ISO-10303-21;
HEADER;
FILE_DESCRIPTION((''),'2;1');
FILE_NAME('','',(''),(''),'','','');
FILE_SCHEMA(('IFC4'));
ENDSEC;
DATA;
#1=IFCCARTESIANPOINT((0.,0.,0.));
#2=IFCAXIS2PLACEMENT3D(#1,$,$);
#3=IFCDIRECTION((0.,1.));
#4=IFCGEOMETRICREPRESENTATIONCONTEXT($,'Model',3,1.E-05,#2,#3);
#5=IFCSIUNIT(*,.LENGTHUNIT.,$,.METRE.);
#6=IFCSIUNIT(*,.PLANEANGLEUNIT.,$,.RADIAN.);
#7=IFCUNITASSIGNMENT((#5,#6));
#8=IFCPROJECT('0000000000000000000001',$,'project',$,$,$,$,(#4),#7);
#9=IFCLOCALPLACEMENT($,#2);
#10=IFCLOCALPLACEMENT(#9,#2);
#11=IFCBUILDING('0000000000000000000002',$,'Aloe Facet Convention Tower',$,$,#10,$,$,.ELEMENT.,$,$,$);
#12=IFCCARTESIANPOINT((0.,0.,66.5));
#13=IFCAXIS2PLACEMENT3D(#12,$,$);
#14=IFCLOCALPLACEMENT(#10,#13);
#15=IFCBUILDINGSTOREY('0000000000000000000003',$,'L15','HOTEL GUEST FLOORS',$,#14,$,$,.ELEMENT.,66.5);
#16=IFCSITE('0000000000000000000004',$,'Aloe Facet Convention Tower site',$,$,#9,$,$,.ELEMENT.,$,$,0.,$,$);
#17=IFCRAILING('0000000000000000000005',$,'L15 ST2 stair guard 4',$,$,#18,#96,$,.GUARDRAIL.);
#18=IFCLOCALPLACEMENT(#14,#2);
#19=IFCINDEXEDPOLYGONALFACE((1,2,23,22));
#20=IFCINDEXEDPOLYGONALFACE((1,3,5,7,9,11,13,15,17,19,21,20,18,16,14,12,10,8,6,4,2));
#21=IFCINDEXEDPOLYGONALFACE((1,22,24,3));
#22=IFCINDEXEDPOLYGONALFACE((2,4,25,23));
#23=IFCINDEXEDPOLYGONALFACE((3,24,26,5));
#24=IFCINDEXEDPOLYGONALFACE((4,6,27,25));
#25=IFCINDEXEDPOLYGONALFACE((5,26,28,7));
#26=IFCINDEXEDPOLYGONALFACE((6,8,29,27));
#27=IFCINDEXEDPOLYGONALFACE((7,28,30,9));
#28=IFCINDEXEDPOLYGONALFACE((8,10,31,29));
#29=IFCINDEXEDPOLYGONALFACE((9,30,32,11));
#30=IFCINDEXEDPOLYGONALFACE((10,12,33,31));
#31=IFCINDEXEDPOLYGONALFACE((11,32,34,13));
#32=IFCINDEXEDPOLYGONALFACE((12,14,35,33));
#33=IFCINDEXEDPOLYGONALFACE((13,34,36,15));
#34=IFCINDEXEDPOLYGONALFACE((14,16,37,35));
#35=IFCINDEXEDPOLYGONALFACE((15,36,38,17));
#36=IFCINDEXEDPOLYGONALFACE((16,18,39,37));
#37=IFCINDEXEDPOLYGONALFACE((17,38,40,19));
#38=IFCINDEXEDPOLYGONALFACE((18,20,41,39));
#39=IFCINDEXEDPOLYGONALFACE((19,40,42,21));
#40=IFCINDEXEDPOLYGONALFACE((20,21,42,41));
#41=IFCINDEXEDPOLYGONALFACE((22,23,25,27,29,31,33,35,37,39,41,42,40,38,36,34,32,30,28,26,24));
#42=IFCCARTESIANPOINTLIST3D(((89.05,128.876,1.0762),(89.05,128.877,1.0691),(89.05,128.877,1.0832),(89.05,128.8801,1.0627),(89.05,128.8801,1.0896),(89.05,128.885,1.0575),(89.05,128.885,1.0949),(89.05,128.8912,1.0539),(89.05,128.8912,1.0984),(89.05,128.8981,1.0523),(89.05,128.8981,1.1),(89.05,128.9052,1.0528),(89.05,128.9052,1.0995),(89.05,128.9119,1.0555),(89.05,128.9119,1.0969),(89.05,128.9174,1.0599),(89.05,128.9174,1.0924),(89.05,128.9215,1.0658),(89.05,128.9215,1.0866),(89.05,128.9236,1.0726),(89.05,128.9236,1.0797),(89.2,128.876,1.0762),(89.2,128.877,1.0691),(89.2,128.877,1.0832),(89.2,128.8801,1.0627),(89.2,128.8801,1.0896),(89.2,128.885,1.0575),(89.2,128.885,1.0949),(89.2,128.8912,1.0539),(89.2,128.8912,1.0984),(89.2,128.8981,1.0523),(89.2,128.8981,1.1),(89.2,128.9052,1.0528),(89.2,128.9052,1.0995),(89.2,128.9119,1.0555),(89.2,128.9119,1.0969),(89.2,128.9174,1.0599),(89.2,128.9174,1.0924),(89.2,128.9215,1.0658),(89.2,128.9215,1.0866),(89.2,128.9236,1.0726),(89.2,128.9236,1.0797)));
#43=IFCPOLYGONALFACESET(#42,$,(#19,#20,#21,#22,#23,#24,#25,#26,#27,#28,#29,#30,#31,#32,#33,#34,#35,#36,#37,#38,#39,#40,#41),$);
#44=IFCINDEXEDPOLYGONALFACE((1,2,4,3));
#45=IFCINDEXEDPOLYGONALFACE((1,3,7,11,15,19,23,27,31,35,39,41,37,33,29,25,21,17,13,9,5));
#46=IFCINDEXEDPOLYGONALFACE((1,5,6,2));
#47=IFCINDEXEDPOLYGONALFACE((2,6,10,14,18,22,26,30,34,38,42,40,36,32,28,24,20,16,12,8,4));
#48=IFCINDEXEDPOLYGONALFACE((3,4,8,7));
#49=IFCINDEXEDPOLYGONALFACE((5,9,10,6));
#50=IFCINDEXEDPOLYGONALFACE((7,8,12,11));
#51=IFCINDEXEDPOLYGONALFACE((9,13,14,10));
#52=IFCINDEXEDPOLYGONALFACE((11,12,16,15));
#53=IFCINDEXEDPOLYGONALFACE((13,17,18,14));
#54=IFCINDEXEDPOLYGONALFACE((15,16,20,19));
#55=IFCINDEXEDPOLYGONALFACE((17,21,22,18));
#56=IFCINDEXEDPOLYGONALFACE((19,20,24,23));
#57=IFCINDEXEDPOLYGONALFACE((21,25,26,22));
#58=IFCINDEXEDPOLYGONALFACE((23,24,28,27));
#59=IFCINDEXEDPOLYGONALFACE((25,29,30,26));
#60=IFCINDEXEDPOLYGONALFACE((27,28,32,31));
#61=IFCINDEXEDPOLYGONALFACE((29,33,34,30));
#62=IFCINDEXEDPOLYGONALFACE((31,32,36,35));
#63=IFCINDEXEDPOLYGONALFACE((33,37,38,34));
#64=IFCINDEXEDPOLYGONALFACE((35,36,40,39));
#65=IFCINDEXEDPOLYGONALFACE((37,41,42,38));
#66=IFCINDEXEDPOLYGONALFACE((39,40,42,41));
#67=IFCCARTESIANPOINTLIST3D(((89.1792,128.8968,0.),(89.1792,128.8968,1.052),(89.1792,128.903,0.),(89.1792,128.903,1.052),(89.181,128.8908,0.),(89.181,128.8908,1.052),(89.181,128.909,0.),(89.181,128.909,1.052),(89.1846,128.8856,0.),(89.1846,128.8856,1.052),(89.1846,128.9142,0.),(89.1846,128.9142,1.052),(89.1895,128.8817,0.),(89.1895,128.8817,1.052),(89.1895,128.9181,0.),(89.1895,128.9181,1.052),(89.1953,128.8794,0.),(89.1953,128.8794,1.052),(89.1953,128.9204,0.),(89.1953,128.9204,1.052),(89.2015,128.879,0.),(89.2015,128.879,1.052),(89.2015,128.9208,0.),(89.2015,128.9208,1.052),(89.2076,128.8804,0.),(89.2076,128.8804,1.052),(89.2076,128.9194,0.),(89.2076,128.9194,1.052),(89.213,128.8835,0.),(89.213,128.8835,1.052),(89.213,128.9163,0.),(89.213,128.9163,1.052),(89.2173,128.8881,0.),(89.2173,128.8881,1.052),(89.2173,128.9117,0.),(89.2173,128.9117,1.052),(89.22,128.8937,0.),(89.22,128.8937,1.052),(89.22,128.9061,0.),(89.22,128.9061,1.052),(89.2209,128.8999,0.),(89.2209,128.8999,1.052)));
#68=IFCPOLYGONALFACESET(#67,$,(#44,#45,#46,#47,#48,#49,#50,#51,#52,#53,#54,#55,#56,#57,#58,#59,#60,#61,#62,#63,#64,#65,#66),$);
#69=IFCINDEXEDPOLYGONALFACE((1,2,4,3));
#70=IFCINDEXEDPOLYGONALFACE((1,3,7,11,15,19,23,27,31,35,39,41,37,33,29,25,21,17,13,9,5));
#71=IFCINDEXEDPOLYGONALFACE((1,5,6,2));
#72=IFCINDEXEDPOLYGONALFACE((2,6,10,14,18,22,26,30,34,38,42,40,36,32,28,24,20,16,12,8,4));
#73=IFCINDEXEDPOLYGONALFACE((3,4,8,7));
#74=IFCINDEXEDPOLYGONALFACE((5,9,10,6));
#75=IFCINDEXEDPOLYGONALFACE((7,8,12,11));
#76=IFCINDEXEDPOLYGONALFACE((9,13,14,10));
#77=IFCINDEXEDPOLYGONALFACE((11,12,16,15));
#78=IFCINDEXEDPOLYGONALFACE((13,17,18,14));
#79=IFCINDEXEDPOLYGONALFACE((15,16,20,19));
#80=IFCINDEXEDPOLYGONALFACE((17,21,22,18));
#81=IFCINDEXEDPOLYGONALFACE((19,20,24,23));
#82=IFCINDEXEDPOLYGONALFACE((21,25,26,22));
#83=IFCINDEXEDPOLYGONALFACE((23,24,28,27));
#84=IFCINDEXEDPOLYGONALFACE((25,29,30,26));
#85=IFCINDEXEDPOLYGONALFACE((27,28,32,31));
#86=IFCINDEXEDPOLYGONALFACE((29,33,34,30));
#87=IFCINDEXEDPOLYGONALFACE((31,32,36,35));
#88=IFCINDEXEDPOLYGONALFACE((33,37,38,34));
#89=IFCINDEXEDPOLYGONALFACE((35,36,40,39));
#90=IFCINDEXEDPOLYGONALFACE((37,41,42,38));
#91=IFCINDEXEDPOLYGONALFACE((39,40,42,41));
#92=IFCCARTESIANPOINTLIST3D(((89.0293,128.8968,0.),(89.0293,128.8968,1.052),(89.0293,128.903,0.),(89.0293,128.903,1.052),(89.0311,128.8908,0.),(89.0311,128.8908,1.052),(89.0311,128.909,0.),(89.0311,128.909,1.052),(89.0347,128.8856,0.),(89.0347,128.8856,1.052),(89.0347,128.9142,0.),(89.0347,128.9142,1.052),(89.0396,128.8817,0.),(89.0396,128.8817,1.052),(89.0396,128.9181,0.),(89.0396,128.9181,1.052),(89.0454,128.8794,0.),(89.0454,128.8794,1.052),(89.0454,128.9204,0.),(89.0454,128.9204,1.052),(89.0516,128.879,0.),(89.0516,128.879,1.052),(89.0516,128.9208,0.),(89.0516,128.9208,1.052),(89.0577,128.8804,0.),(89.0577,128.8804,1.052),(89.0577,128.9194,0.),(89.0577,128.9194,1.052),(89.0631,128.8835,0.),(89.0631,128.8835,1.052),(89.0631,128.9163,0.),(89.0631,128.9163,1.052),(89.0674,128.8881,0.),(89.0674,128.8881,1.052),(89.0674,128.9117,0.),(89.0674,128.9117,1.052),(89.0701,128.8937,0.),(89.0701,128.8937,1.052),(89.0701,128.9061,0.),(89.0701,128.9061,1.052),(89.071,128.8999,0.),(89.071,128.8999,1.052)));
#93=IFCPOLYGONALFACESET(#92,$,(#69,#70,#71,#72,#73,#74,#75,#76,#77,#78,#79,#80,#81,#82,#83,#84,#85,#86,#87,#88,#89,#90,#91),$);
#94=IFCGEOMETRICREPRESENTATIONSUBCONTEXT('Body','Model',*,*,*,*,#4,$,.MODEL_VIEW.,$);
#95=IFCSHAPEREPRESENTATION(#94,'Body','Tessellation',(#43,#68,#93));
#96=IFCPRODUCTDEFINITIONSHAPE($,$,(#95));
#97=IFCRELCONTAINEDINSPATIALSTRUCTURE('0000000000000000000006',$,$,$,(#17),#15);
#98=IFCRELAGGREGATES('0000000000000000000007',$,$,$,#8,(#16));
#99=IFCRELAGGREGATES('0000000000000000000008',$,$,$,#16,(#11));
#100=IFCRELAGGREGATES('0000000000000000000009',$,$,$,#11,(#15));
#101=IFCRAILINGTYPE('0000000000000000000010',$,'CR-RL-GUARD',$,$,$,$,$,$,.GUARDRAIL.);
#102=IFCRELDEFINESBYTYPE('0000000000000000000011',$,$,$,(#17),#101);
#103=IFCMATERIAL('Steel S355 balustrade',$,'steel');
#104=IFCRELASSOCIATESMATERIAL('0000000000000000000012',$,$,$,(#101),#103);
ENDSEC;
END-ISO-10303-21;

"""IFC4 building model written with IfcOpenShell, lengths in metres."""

from ifc_helpers import new_model, si_unit, direction, frame, origin, origin_2d, place, context, subcontext, project, spatial, circle, extrude, material, type_object, element, save


model = new_model("IFC4")

# Units and contexts
model_context = context("Model", 3, precision=1e-05, world=origin(), true_north=direction((0.0, 1.0)))
body_context = subcontext(model_context, "Body", "Model", "MODEL_VIEW")
ifc_project = project(units=[si_unit("LENGTHUNIT", "METRE"), si_unit("PLANEANGLEUNIT", "RADIAN")], contexts=[model_context])

# Site, building, storey
site_placement = place(None, origin())
site = spatial("IfcSite", under=ifc_project, at=site_placement, Name="Aloe Facet Convention Tower site", CompositionType="ELEMENT", RefElevation=0.0)
building_placement = place(site_placement, origin())
building = spatial("IfcBuilding", under=site, at=building_placement, Name="Aloe Facet Convention Tower", CompositionType="ELEMENT")
storey_placement = place(building_placement, frame((0.0, 0.0, 66.5)))
storey = spatial("IfcBuildingStorey", under=building, at=storey_placement, Name="L15", Description="HOTEL GUEST FLOORS", CompositionType="ELEMENT", Elevation=66.5)

# Railing
ifc_material_1 = material(Name="Steel S355 balustrade", Category="steel")
railing_type_1 = type_object("IfcRailingType", Name="CR-RL-GUARD", PredefinedType="GUARDRAIL", material=ifc_material_1)
railing_1_placement = place(storey_placement, frame((89.2, 128.8999, 0.0)))
element("IfcRailing", 1, at=railing_1_placement, inside=storey, type_object=railing_type_1, Name="L15 ST2 stair guard 4", PredefinedType="GUARDRAIL", context=body_context, shape_type="SweptSolid", body=[
    extrude(circle(Radius=0.0239, at=origin_2d()), frame((0.0, 0.0, 1.0762), z_axis=(-1.0, 0.0, 0.0), x_axis=(0.0, -1.0, 0.0)), (0.0, 0.0, 1.0), 0.1499),
    extrude(circle(Radius=0.021, at=origin_2d()), origin(), (0.0, 0.0, 1.0), 1.052),
    extrude(circle(Radius=0.021, at=origin_2d()), frame((-0.1499, 0.0, 0.0)), (0.0, 0.0, 1.0), 1.052),
])

save(model, "model.ifc")
